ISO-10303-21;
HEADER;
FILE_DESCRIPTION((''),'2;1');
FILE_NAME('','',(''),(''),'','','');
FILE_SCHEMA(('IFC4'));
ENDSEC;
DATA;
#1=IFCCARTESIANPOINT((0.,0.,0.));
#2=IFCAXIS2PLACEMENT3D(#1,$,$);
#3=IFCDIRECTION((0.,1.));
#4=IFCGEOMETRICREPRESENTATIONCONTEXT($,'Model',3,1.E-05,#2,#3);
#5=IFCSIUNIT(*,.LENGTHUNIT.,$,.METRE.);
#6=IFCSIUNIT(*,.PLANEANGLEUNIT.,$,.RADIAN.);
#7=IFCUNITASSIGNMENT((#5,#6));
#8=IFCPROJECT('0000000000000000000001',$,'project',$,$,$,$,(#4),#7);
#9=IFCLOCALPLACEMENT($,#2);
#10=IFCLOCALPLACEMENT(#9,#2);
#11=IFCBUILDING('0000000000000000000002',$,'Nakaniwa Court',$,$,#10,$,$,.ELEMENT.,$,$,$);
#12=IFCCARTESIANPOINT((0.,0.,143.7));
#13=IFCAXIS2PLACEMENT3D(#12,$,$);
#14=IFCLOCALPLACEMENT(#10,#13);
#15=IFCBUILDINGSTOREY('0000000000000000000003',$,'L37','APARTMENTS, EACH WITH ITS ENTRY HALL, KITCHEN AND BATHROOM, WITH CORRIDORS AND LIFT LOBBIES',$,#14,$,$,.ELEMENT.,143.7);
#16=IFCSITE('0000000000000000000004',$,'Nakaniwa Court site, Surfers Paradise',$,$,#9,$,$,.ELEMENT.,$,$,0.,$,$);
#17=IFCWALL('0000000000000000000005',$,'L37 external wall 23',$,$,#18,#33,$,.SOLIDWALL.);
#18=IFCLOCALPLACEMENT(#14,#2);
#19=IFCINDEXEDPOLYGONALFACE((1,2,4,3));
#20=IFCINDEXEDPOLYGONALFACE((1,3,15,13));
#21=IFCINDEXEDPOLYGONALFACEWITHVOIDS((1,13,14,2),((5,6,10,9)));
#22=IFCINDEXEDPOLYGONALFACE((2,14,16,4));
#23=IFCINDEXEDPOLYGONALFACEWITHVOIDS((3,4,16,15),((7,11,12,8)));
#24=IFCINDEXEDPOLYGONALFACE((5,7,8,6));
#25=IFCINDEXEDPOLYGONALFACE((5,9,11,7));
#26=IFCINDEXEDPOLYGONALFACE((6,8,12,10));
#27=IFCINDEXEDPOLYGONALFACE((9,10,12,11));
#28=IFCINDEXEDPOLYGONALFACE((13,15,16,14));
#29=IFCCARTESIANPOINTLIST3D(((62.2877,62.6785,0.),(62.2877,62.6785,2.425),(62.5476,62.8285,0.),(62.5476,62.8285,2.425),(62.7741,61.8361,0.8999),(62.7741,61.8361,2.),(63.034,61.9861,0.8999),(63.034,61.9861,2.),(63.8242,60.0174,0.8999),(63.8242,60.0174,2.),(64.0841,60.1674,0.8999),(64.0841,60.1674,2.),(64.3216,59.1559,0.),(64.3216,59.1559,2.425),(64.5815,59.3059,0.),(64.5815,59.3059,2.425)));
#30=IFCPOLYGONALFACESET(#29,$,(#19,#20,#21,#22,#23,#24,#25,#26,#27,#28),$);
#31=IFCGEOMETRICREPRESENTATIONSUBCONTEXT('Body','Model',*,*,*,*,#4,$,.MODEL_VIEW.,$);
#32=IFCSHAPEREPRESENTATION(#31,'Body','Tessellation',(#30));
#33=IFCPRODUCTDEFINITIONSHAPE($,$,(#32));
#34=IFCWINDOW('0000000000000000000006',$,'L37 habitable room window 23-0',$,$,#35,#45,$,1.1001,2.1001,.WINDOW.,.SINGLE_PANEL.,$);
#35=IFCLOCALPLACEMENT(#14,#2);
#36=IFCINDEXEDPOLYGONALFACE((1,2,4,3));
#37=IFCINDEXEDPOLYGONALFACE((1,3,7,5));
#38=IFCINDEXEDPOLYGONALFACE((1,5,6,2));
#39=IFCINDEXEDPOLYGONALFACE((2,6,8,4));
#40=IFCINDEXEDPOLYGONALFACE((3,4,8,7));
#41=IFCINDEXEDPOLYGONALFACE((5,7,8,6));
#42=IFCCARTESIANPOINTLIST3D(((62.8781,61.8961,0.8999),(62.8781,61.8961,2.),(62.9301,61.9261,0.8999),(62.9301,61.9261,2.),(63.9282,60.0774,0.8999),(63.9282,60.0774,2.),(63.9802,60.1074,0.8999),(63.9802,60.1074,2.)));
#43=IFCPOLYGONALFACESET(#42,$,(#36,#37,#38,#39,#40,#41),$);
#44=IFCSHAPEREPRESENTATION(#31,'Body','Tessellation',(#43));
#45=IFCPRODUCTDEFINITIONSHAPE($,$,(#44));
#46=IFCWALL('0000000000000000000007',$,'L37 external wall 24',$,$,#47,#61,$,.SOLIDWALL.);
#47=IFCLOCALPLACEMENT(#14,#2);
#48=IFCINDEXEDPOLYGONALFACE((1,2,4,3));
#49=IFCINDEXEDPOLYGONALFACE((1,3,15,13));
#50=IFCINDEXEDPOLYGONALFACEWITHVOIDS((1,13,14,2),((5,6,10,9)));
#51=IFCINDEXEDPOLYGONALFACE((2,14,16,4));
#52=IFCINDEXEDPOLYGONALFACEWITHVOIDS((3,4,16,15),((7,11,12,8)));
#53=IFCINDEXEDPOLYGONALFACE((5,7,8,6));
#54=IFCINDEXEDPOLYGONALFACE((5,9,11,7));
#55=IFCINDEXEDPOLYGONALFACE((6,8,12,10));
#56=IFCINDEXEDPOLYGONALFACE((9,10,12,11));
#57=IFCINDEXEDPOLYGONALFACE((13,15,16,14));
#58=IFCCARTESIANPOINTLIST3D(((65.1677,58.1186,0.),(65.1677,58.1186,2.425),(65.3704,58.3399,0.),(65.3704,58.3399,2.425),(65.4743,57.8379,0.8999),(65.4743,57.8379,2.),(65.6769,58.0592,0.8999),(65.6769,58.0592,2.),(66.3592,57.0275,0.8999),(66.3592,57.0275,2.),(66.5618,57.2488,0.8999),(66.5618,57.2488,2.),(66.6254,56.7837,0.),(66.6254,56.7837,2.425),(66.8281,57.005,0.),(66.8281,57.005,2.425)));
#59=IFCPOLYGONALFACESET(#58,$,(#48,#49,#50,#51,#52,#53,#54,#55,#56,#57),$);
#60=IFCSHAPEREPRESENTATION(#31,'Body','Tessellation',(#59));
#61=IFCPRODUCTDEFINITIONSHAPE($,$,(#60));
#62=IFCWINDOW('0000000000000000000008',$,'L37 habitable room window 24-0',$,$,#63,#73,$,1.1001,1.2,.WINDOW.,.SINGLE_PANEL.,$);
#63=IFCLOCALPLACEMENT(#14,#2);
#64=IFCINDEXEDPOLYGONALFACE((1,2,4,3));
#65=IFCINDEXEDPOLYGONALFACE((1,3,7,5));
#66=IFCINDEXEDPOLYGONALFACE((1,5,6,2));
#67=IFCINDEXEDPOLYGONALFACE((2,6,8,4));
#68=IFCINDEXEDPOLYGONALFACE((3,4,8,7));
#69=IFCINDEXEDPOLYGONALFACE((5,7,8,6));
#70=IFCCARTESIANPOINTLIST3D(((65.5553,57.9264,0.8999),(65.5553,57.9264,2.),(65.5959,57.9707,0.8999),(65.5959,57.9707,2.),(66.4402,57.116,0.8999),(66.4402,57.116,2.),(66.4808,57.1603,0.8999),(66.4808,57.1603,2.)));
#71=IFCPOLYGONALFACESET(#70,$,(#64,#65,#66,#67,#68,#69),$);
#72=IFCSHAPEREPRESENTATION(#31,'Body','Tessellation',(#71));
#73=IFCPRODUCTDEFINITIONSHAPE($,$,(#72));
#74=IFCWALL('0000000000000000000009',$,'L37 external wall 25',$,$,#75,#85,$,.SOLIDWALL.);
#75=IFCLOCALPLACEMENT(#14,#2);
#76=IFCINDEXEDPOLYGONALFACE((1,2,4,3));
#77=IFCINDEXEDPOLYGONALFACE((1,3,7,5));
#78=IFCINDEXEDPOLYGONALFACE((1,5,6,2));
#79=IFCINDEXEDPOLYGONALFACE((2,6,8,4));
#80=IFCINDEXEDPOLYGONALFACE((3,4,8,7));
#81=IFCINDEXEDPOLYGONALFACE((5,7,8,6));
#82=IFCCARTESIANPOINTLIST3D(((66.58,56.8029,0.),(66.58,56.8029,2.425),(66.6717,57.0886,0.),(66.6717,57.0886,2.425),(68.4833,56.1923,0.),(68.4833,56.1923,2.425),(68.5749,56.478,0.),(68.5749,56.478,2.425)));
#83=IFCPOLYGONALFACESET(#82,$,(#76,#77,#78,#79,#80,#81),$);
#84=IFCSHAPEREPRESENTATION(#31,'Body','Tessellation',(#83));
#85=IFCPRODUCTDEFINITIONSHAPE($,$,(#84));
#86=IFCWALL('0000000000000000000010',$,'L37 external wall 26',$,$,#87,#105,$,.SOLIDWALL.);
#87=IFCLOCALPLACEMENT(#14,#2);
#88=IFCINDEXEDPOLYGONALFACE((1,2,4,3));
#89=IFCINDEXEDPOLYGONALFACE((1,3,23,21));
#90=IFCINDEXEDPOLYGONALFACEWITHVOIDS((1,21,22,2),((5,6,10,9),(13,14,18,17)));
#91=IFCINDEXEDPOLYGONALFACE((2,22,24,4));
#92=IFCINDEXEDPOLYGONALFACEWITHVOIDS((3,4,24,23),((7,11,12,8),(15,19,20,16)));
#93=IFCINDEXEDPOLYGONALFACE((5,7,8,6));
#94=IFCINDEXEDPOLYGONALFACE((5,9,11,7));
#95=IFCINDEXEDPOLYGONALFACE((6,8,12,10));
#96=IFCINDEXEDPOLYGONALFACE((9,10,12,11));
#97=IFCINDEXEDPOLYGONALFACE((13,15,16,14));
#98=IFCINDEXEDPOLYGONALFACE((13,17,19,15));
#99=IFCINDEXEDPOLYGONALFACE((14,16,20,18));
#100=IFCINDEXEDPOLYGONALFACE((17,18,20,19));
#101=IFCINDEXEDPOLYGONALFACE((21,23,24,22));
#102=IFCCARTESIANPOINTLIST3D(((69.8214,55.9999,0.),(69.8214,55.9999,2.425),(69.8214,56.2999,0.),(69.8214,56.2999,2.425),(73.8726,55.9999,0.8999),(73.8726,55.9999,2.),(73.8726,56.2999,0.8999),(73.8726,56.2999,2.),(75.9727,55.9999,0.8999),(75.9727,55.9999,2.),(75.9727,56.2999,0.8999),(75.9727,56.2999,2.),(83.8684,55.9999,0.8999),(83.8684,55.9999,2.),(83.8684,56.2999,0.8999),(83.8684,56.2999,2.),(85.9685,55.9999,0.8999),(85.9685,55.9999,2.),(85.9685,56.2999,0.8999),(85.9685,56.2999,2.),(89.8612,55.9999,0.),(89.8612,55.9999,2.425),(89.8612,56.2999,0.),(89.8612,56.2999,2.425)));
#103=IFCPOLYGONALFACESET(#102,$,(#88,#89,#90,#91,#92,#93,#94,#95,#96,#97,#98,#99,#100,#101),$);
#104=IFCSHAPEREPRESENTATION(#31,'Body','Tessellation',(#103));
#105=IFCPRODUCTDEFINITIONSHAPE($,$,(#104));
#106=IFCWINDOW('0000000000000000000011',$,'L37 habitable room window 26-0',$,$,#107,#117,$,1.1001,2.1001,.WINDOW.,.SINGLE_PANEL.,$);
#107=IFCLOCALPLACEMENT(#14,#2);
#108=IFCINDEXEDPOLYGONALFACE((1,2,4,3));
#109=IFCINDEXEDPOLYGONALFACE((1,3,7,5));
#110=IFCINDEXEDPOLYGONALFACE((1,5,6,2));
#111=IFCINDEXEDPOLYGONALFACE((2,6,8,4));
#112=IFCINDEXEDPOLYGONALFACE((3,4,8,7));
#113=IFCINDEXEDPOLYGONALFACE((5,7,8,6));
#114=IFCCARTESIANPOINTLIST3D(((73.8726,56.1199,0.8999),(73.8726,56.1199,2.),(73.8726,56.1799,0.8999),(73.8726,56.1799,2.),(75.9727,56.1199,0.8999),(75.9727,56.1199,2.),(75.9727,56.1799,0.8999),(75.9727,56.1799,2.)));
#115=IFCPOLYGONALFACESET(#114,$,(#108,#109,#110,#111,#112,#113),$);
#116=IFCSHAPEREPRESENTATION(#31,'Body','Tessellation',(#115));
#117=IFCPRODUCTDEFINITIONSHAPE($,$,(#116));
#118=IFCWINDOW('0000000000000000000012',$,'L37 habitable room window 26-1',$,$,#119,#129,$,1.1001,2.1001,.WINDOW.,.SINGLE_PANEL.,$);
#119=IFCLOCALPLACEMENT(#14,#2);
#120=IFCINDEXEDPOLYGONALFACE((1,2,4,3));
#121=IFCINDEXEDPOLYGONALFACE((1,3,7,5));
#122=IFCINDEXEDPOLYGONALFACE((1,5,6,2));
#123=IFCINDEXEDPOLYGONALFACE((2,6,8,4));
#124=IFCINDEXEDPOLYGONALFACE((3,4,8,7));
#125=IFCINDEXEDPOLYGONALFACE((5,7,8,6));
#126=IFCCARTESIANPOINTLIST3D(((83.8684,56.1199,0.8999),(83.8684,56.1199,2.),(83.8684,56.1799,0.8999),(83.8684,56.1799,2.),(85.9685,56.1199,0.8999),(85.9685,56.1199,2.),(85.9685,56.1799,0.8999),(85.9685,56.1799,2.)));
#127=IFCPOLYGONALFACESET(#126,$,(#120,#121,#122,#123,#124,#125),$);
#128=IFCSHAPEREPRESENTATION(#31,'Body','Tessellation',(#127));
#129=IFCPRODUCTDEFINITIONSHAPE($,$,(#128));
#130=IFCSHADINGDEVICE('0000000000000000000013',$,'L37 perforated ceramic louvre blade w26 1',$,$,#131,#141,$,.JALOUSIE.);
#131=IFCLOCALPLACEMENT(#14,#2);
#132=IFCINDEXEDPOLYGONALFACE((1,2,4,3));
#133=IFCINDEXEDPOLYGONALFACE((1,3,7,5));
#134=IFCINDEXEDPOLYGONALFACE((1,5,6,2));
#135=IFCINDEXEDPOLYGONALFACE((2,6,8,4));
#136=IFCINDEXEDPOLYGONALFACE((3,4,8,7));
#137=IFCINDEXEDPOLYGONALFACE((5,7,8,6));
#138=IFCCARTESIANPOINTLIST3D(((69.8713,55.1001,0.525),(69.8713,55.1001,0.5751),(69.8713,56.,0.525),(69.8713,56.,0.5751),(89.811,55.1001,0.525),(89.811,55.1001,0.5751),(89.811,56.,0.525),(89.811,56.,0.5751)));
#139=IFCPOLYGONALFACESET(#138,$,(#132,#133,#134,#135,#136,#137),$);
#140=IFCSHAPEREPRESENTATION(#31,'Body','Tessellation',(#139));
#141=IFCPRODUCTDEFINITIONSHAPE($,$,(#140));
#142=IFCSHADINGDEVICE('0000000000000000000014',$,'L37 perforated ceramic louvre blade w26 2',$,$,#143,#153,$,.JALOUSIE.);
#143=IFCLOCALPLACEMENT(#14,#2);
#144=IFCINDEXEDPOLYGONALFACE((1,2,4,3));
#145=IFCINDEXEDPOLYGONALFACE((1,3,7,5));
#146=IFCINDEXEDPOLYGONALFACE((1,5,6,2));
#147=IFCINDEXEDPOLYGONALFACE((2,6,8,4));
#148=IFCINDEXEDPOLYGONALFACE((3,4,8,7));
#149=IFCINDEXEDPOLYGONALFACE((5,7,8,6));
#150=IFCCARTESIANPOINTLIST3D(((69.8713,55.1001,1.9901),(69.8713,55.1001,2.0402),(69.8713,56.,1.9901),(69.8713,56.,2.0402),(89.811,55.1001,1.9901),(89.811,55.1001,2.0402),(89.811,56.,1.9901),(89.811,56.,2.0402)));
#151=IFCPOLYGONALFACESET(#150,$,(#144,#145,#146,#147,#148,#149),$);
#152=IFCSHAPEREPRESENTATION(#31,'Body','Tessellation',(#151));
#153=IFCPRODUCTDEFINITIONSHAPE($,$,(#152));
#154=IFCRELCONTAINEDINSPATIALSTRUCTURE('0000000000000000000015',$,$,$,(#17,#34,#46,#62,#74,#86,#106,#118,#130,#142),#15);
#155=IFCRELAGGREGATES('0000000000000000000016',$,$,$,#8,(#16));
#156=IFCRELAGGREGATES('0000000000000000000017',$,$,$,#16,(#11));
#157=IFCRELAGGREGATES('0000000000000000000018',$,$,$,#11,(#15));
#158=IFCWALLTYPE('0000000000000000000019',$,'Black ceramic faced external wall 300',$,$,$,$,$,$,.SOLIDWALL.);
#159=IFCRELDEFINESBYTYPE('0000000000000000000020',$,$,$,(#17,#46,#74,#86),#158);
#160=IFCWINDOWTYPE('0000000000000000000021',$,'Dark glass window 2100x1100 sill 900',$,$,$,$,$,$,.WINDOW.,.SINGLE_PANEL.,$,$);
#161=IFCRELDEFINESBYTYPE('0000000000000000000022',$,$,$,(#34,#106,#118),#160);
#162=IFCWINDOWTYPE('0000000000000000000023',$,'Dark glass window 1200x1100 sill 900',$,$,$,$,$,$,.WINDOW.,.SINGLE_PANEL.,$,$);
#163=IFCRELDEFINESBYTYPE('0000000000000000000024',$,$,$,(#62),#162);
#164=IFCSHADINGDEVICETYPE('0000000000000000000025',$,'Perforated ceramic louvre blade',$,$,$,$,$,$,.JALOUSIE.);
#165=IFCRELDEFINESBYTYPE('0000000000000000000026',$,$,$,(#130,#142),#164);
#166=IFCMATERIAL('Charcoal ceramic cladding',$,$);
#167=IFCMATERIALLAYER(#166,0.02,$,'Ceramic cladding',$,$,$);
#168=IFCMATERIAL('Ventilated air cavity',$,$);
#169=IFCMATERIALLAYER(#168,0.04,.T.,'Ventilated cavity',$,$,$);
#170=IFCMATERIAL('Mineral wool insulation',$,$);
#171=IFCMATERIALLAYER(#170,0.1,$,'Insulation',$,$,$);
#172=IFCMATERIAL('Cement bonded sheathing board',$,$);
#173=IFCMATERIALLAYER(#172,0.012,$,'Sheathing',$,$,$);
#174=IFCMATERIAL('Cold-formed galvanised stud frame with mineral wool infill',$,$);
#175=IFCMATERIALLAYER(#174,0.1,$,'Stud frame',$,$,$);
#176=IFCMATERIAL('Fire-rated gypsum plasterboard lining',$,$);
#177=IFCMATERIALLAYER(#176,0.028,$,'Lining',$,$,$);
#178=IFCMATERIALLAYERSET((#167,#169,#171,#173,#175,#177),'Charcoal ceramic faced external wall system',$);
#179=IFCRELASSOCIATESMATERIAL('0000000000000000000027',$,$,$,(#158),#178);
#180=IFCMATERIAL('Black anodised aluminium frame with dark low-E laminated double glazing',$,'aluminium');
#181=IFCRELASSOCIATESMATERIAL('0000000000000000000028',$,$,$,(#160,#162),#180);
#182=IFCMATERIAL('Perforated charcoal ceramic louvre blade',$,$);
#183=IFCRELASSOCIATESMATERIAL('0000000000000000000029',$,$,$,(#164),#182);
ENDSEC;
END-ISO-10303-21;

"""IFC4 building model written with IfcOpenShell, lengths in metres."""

from ifc_helpers import new_model, si_unit, direction, frame, frame_2d, origin, origin_2d, place, context, subcontext, project, spatial, rectangle, extrude, material, layer, layer_set, material_profile, profile_set, type_object, element, fill, save


model = new_model("IFC4")

# Units and contexts
model_context = context("Model", 3, precision=1e-05, world=origin(), true_north=direction((0.0, 1.0)))
body_context = subcontext(model_context, "Body", "Model", "MODEL_VIEW")
ifc_project = project(units=[si_unit("LENGTHUNIT", "METRE"), si_unit("PLANEANGLEUNIT", "RADIAN")], contexts=[model_context])

# Site, building, storey
site_placement = place(None, origin())
site = spatial("IfcSite", under=ifc_project, at=site_placement, Name="Nakaniwa Court site, Surfers Paradise", CompositionType="ELEMENT", RefElevation=0.0)
building_placement = place(site_placement, origin())
building = spatial("IfcBuilding", under=site, at=building_placement, Name="Nakaniwa Court", CompositionType="ELEMENT")
storey_placement = place(building_placement, frame((0.0, 0.0, 143.7)))
storey = spatial("IfcBuildingStorey", under=building, at=storey_placement, Name="L37", Description="APARTMENTS, EACH WITH ITS ENTRY HALL, KITCHEN AND BATHROOM, WITH CORRIDORS AND LIFT LOBBIES", CompositionType="ELEMENT", Elevation=143.7)

# Walls, openings, windows
ifc_material_1 = material(Name="Charcoal ceramic cladding")
ifc_layer_1 = layer(ifc_material_1, 0.02, Name="Ceramic cladding")
ifc_material_2 = material(Name="Ventilated air cavity")
ifc_layer_2 = layer(ifc_material_2, 0.04, ventilated=True, Name="Ventilated cavity")
ifc_material_3 = material(Name="Mineral wool insulation")
ifc_layer_3 = layer(ifc_material_3, 0.1, Name="Insulation")
ifc_material_4 = material(Name="Cement bonded sheathing board")
ifc_layer_4 = layer(ifc_material_4, 0.012, Name="Sheathing")
ifc_material_5 = material(Name="Cold-formed galvanised stud frame with mineral wool infill")
ifc_layer_5 = layer(ifc_material_5, 0.1, Name="Stud frame")
ifc_material_6 = material(Name="Fire-rated gypsum plasterboard lining")
ifc_layer_6 = layer(ifc_material_6, 0.028, Name="Lining")
ifc_layer_set_1 = layer_set([ifc_layer_1, ifc_layer_2, ifc_layer_3, ifc_layer_4, ifc_layer_5, ifc_layer_6], Name="Charcoal ceramic faced external wall system")
wall_type_1 = type_object("IfcWallType", Name="Black ceramic faced external wall 300", PredefinedType="SOLIDWALL", material=ifc_layer_set_1)
wall_1_placement = place(storey_placement, frame((62.4177, 62.7534, 0.0), z_axis=(0.0, 0.0, 1.0), x_axis=(0.500019, -0.866015, 0.0)))
wall_1 = element("IfcWall", 1, at=wall_1_placement, inside=storey, type_object=wall_type_1, Name="L37 external wall 23", PredefinedType="SOLIDWALL", context=body_context, shape_type="SweptSolid", body=[
    extrude(rectangle(XDim=4.0676, YDim=0.3, at=frame_2d((2.0337, 0.0))), origin(), (0.0, 0.0, 1.0), 2.425),
])
opening_1_placement = place(wall_1_placement, frame((0.9727, 0.0, 0.8999)))
opening_1 = element("IfcOpeningElement", 2, at=opening_1_placement, cuts=wall_1, PredefinedType="OPENING", context=body_context, shape_type="SweptSolid", body=[
    extrude(rectangle(XDim=2.1001, YDim=1.1001, at=frame_2d((1.05, 0.55))), frame((0.0, 0.1599, 0.0), z_axis=(0.0, -1.0, 0.0), x_axis=(1.0, 0.0, 0.0)), (0.0, 0.0, 1.0), 0.3201),
])
ifc_material_7 = material(Name="Black anodised aluminium frame with dark low-E laminated double glazing", Category="aluminium")
window_type_1 = type_object("IfcWindowType", Name="Dark glass window 2100x1100 sill 900", PartitioningType="SINGLE_PANEL", PredefinedType="WINDOW", material=ifc_material_7)
window_1_placement = place(opening_1_placement, origin())
window_1 = element("IfcWindow", 3, at=window_1_placement, inside=storey, type_object=window_type_1, Name="L37 habitable room window 23-0", OverallHeight=1.1001, OverallWidth=2.1001, PartitioningType="SINGLE_PANEL", PredefinedType="WINDOW", context=body_context, shape_type="SweptSolid", body=[
    extrude(rectangle(XDim=2.1001, YDim=1.1001, at=frame_2d((1.05, 0.55))), frame((0.0, 0.03, 0.0), z_axis=(0.0, -1.0, 0.0), x_axis=(1.0, 0.0, 0.0)), (0.0, 0.0, 1.0), 0.0601),
])
fill(opening_1, window_1)
wall_2_placement = place(storey_placement, frame((65.269, 58.2292, 0.0), z_axis=(0.0, 0.0, 1.0), x_axis=(0.737487, -0.675361, 0.0)))
wall_2 = element("IfcWall", 4, at=wall_2_placement, inside=storey, type_object=wall_type_1, Name="L37 external wall 24", PredefinedType="SOLIDWALL", context=body_context, shape_type="SweptSolid", body=[
    extrude(rectangle(XDim=1.9766, YDim=0.3, at=frame_2d((0.9883, 0.0))), origin(), (0.0, 0.0, 1.0), 2.425),
])
opening_2_placement = place(wall_2_placement, frame((0.4155, 0.0, 0.8999)))
opening_2 = element("IfcOpeningElement", 5, at=opening_2_placement, cuts=wall_2, PredefinedType="OPENING", context=body_context, shape_type="SweptSolid", body=[
    extrude(rectangle(XDim=1.2, YDim=1.1001, at=frame_2d((0.6001, 0.55))), frame((0.0, 0.1599, 0.0), z_axis=(0.0, -1.0, 0.0), x_axis=(1.0, 0.0, 0.0)), (0.0, 0.0, 1.0), 0.3201),
])
window_type_2 = type_object("IfcWindowType", Name="Dark glass window 1200x1100 sill 900", PartitioningType="SINGLE_PANEL", PredefinedType="WINDOW", material=ifc_material_7)
window_2_placement = place(opening_2_placement, origin())
window_2 = element("IfcWindow", 6, at=window_2_placement, inside=storey, type_object=window_type_2, Name="L37 habitable room window 24-0", OverallHeight=1.1001, OverallWidth=1.2, PartitioningType="SINGLE_PANEL", PredefinedType="WINDOW", context=body_context, shape_type="SweptSolid", body=[
    extrude(rectangle(XDim=1.2, YDim=1.1001, at=frame_2d((0.6001, 0.55))), frame((0.0, 0.03, 0.0), z_axis=(0.0, -1.0, 0.0), x_axis=(1.0, 0.0, 0.0)), (0.0, 0.0, 1.0), 0.0601),
])
fill(opening_2, window_2)

# Wall
wall_3_placement = place(storey_placement, frame((66.6257, 56.9458, 0.0), z_axis=(0.0, 0.0, 1.0), x_axis=(0.952201, -0.305471, 0.0)))
element("IfcWall", 7, at=wall_3_placement, inside=storey, type_object=wall_type_1, Name="L37 external wall 25", PredefinedType="SOLIDWALL", context=body_context, shape_type="SweptSolid", body=[
    extrude(rectangle(XDim=1.9988, YDim=0.3, at=frame_2d((0.9995, 0.0))), origin(), (0.0, 0.0, 1.0), 2.425),
])

# Wall, openings, windows
wall_4_placement = place(storey_placement, frame((69.8213, 56.1499, 0.0), z_axis=(0.0, 0.0, 1.0), x_axis=(1.0, 0.0, 0.0)))
wall_4 = element("IfcWall", 8, at=wall_4_placement, inside=storey, type_object=wall_type_1, Name="L37 external wall 26", PredefinedType="SOLIDWALL", context=body_context, shape_type="SweptSolid", body=[
    extrude(rectangle(XDim=20.0398, YDim=0.3, at=frame_2d((10.02, 0.0))), origin(), (0.0, 0.0, 1.0), 2.425),
])
opening_3_placement = place(wall_4_placement, frame((4.0513, 0.0, 0.8999)))
opening_3 = element("IfcOpeningElement", 9, at=opening_3_placement, cuts=wall_4, PredefinedType="OPENING", context=body_context, shape_type="SweptSolid", body=[
    extrude(rectangle(XDim=2.1001, YDim=1.1001, at=frame_2d((1.05, 0.55))), frame((0.0, 0.1599, 0.0), z_axis=(0.0, -1.0, 0.0), x_axis=(1.0, 0.0, 0.0)), (0.0, 0.0, 1.0), 0.3201),
])
opening_4_placement = place(wall_4_placement, frame((14.0471, 0.0, 0.8999)))
opening_4 = element("IfcOpeningElement", 10, at=opening_4_placement, cuts=wall_4, PredefinedType="OPENING", context=body_context, shape_type="SweptSolid", body=[
    extrude(rectangle(XDim=2.1001, YDim=1.1001, at=frame_2d((1.05, 0.55))), frame((0.0, 0.1599, 0.0), z_axis=(0.0, -1.0, 0.0), x_axis=(1.0, 0.0, 0.0)), (0.0, 0.0, 1.0), 0.3201),
])
window_3_placement = place(opening_3_placement, origin())
window_3 = element("IfcWindow", 11, at=window_3_placement, inside=storey, type_object=window_type_1, Name="L37 habitable room window 26-0", OverallHeight=1.1001, OverallWidth=2.1001, PartitioningType="SINGLE_PANEL", PredefinedType="WINDOW", context=body_context, shape_type="SweptSolid", body=[
    extrude(rectangle(XDim=2.1001, YDim=1.1001, at=frame_2d((1.05, 0.55))), frame((0.0, 0.03, 0.0), z_axis=(0.0, -1.0, 0.0), x_axis=(1.0, 0.0, 0.0)), (0.0, 0.0, 1.0), 0.0601),
])
fill(opening_3, window_3)
window_4_placement = place(opening_4_placement, origin())
window_4 = element("IfcWindow", 12, at=window_4_placement, inside=storey, type_object=window_type_1, Name="L37 habitable room window 26-1", OverallHeight=1.1001, OverallWidth=2.1001, PartitioningType="SINGLE_PANEL", PredefinedType="WINDOW", context=body_context, shape_type="SweptSolid", body=[
    extrude(rectangle(XDim=2.1001, YDim=1.1001, at=frame_2d((1.05, 0.55))), frame((0.0, 0.03, 0.0), z_axis=(0.0, -1.0, 0.0), x_axis=(1.0, 0.0, 0.0)), (0.0, 0.0, 1.0), 0.0601),
])
fill(opening_4, window_4)

# Shading devices
ifc_material_8 = material(Name="Perforated charcoal ceramic louvre blade")
ifc_material_profile_1 = material_profile(ifc_material_8, rectangle(XDim=0.8999, YDim=0.05, at=origin_2d()), Name="Perforated ceramic louvre blade")
ifc_profile_set_1 = profile_set([ifc_material_profile_1], Name="Perforated charcoal ceramic louvre blade")
shading_device_type = type_object("IfcShadingDeviceType", Name="Perforated ceramic louvre blade", PredefinedType="JALOUSIE", material=ifc_profile_set_1)
for number, where, z_axis, x_axis, name in (
    (13, (69.8713, 55.55, 0.55), (1.0, 0.0, 0.0), (0.0, 1.0, 0.0), "L37 perforated ceramic louvre blade w26 1"),
    (14, (69.8713, 55.55, 2.0151), (1.0, 0.0, 0.0), (0.0, 1.0, 0.0), "L37 perforated ceramic louvre blade w26 2"),
):
    element("IfcShadingDevice", number, at=place(storey_placement, frame(where, z_axis=z_axis, x_axis=x_axis)), inside=storey, type_object=shading_device_type, Name=name, PredefinedType="JALOUSIE", context=body_context, shape_type="SweptSolid", body=[
        extrude(rectangle(XDim=0.8999, YDim=0.05, at=origin_2d()), origin(), (0.0, 0.0, 1.0), 19.9397),
    ])

save(model, "model.ifc")
